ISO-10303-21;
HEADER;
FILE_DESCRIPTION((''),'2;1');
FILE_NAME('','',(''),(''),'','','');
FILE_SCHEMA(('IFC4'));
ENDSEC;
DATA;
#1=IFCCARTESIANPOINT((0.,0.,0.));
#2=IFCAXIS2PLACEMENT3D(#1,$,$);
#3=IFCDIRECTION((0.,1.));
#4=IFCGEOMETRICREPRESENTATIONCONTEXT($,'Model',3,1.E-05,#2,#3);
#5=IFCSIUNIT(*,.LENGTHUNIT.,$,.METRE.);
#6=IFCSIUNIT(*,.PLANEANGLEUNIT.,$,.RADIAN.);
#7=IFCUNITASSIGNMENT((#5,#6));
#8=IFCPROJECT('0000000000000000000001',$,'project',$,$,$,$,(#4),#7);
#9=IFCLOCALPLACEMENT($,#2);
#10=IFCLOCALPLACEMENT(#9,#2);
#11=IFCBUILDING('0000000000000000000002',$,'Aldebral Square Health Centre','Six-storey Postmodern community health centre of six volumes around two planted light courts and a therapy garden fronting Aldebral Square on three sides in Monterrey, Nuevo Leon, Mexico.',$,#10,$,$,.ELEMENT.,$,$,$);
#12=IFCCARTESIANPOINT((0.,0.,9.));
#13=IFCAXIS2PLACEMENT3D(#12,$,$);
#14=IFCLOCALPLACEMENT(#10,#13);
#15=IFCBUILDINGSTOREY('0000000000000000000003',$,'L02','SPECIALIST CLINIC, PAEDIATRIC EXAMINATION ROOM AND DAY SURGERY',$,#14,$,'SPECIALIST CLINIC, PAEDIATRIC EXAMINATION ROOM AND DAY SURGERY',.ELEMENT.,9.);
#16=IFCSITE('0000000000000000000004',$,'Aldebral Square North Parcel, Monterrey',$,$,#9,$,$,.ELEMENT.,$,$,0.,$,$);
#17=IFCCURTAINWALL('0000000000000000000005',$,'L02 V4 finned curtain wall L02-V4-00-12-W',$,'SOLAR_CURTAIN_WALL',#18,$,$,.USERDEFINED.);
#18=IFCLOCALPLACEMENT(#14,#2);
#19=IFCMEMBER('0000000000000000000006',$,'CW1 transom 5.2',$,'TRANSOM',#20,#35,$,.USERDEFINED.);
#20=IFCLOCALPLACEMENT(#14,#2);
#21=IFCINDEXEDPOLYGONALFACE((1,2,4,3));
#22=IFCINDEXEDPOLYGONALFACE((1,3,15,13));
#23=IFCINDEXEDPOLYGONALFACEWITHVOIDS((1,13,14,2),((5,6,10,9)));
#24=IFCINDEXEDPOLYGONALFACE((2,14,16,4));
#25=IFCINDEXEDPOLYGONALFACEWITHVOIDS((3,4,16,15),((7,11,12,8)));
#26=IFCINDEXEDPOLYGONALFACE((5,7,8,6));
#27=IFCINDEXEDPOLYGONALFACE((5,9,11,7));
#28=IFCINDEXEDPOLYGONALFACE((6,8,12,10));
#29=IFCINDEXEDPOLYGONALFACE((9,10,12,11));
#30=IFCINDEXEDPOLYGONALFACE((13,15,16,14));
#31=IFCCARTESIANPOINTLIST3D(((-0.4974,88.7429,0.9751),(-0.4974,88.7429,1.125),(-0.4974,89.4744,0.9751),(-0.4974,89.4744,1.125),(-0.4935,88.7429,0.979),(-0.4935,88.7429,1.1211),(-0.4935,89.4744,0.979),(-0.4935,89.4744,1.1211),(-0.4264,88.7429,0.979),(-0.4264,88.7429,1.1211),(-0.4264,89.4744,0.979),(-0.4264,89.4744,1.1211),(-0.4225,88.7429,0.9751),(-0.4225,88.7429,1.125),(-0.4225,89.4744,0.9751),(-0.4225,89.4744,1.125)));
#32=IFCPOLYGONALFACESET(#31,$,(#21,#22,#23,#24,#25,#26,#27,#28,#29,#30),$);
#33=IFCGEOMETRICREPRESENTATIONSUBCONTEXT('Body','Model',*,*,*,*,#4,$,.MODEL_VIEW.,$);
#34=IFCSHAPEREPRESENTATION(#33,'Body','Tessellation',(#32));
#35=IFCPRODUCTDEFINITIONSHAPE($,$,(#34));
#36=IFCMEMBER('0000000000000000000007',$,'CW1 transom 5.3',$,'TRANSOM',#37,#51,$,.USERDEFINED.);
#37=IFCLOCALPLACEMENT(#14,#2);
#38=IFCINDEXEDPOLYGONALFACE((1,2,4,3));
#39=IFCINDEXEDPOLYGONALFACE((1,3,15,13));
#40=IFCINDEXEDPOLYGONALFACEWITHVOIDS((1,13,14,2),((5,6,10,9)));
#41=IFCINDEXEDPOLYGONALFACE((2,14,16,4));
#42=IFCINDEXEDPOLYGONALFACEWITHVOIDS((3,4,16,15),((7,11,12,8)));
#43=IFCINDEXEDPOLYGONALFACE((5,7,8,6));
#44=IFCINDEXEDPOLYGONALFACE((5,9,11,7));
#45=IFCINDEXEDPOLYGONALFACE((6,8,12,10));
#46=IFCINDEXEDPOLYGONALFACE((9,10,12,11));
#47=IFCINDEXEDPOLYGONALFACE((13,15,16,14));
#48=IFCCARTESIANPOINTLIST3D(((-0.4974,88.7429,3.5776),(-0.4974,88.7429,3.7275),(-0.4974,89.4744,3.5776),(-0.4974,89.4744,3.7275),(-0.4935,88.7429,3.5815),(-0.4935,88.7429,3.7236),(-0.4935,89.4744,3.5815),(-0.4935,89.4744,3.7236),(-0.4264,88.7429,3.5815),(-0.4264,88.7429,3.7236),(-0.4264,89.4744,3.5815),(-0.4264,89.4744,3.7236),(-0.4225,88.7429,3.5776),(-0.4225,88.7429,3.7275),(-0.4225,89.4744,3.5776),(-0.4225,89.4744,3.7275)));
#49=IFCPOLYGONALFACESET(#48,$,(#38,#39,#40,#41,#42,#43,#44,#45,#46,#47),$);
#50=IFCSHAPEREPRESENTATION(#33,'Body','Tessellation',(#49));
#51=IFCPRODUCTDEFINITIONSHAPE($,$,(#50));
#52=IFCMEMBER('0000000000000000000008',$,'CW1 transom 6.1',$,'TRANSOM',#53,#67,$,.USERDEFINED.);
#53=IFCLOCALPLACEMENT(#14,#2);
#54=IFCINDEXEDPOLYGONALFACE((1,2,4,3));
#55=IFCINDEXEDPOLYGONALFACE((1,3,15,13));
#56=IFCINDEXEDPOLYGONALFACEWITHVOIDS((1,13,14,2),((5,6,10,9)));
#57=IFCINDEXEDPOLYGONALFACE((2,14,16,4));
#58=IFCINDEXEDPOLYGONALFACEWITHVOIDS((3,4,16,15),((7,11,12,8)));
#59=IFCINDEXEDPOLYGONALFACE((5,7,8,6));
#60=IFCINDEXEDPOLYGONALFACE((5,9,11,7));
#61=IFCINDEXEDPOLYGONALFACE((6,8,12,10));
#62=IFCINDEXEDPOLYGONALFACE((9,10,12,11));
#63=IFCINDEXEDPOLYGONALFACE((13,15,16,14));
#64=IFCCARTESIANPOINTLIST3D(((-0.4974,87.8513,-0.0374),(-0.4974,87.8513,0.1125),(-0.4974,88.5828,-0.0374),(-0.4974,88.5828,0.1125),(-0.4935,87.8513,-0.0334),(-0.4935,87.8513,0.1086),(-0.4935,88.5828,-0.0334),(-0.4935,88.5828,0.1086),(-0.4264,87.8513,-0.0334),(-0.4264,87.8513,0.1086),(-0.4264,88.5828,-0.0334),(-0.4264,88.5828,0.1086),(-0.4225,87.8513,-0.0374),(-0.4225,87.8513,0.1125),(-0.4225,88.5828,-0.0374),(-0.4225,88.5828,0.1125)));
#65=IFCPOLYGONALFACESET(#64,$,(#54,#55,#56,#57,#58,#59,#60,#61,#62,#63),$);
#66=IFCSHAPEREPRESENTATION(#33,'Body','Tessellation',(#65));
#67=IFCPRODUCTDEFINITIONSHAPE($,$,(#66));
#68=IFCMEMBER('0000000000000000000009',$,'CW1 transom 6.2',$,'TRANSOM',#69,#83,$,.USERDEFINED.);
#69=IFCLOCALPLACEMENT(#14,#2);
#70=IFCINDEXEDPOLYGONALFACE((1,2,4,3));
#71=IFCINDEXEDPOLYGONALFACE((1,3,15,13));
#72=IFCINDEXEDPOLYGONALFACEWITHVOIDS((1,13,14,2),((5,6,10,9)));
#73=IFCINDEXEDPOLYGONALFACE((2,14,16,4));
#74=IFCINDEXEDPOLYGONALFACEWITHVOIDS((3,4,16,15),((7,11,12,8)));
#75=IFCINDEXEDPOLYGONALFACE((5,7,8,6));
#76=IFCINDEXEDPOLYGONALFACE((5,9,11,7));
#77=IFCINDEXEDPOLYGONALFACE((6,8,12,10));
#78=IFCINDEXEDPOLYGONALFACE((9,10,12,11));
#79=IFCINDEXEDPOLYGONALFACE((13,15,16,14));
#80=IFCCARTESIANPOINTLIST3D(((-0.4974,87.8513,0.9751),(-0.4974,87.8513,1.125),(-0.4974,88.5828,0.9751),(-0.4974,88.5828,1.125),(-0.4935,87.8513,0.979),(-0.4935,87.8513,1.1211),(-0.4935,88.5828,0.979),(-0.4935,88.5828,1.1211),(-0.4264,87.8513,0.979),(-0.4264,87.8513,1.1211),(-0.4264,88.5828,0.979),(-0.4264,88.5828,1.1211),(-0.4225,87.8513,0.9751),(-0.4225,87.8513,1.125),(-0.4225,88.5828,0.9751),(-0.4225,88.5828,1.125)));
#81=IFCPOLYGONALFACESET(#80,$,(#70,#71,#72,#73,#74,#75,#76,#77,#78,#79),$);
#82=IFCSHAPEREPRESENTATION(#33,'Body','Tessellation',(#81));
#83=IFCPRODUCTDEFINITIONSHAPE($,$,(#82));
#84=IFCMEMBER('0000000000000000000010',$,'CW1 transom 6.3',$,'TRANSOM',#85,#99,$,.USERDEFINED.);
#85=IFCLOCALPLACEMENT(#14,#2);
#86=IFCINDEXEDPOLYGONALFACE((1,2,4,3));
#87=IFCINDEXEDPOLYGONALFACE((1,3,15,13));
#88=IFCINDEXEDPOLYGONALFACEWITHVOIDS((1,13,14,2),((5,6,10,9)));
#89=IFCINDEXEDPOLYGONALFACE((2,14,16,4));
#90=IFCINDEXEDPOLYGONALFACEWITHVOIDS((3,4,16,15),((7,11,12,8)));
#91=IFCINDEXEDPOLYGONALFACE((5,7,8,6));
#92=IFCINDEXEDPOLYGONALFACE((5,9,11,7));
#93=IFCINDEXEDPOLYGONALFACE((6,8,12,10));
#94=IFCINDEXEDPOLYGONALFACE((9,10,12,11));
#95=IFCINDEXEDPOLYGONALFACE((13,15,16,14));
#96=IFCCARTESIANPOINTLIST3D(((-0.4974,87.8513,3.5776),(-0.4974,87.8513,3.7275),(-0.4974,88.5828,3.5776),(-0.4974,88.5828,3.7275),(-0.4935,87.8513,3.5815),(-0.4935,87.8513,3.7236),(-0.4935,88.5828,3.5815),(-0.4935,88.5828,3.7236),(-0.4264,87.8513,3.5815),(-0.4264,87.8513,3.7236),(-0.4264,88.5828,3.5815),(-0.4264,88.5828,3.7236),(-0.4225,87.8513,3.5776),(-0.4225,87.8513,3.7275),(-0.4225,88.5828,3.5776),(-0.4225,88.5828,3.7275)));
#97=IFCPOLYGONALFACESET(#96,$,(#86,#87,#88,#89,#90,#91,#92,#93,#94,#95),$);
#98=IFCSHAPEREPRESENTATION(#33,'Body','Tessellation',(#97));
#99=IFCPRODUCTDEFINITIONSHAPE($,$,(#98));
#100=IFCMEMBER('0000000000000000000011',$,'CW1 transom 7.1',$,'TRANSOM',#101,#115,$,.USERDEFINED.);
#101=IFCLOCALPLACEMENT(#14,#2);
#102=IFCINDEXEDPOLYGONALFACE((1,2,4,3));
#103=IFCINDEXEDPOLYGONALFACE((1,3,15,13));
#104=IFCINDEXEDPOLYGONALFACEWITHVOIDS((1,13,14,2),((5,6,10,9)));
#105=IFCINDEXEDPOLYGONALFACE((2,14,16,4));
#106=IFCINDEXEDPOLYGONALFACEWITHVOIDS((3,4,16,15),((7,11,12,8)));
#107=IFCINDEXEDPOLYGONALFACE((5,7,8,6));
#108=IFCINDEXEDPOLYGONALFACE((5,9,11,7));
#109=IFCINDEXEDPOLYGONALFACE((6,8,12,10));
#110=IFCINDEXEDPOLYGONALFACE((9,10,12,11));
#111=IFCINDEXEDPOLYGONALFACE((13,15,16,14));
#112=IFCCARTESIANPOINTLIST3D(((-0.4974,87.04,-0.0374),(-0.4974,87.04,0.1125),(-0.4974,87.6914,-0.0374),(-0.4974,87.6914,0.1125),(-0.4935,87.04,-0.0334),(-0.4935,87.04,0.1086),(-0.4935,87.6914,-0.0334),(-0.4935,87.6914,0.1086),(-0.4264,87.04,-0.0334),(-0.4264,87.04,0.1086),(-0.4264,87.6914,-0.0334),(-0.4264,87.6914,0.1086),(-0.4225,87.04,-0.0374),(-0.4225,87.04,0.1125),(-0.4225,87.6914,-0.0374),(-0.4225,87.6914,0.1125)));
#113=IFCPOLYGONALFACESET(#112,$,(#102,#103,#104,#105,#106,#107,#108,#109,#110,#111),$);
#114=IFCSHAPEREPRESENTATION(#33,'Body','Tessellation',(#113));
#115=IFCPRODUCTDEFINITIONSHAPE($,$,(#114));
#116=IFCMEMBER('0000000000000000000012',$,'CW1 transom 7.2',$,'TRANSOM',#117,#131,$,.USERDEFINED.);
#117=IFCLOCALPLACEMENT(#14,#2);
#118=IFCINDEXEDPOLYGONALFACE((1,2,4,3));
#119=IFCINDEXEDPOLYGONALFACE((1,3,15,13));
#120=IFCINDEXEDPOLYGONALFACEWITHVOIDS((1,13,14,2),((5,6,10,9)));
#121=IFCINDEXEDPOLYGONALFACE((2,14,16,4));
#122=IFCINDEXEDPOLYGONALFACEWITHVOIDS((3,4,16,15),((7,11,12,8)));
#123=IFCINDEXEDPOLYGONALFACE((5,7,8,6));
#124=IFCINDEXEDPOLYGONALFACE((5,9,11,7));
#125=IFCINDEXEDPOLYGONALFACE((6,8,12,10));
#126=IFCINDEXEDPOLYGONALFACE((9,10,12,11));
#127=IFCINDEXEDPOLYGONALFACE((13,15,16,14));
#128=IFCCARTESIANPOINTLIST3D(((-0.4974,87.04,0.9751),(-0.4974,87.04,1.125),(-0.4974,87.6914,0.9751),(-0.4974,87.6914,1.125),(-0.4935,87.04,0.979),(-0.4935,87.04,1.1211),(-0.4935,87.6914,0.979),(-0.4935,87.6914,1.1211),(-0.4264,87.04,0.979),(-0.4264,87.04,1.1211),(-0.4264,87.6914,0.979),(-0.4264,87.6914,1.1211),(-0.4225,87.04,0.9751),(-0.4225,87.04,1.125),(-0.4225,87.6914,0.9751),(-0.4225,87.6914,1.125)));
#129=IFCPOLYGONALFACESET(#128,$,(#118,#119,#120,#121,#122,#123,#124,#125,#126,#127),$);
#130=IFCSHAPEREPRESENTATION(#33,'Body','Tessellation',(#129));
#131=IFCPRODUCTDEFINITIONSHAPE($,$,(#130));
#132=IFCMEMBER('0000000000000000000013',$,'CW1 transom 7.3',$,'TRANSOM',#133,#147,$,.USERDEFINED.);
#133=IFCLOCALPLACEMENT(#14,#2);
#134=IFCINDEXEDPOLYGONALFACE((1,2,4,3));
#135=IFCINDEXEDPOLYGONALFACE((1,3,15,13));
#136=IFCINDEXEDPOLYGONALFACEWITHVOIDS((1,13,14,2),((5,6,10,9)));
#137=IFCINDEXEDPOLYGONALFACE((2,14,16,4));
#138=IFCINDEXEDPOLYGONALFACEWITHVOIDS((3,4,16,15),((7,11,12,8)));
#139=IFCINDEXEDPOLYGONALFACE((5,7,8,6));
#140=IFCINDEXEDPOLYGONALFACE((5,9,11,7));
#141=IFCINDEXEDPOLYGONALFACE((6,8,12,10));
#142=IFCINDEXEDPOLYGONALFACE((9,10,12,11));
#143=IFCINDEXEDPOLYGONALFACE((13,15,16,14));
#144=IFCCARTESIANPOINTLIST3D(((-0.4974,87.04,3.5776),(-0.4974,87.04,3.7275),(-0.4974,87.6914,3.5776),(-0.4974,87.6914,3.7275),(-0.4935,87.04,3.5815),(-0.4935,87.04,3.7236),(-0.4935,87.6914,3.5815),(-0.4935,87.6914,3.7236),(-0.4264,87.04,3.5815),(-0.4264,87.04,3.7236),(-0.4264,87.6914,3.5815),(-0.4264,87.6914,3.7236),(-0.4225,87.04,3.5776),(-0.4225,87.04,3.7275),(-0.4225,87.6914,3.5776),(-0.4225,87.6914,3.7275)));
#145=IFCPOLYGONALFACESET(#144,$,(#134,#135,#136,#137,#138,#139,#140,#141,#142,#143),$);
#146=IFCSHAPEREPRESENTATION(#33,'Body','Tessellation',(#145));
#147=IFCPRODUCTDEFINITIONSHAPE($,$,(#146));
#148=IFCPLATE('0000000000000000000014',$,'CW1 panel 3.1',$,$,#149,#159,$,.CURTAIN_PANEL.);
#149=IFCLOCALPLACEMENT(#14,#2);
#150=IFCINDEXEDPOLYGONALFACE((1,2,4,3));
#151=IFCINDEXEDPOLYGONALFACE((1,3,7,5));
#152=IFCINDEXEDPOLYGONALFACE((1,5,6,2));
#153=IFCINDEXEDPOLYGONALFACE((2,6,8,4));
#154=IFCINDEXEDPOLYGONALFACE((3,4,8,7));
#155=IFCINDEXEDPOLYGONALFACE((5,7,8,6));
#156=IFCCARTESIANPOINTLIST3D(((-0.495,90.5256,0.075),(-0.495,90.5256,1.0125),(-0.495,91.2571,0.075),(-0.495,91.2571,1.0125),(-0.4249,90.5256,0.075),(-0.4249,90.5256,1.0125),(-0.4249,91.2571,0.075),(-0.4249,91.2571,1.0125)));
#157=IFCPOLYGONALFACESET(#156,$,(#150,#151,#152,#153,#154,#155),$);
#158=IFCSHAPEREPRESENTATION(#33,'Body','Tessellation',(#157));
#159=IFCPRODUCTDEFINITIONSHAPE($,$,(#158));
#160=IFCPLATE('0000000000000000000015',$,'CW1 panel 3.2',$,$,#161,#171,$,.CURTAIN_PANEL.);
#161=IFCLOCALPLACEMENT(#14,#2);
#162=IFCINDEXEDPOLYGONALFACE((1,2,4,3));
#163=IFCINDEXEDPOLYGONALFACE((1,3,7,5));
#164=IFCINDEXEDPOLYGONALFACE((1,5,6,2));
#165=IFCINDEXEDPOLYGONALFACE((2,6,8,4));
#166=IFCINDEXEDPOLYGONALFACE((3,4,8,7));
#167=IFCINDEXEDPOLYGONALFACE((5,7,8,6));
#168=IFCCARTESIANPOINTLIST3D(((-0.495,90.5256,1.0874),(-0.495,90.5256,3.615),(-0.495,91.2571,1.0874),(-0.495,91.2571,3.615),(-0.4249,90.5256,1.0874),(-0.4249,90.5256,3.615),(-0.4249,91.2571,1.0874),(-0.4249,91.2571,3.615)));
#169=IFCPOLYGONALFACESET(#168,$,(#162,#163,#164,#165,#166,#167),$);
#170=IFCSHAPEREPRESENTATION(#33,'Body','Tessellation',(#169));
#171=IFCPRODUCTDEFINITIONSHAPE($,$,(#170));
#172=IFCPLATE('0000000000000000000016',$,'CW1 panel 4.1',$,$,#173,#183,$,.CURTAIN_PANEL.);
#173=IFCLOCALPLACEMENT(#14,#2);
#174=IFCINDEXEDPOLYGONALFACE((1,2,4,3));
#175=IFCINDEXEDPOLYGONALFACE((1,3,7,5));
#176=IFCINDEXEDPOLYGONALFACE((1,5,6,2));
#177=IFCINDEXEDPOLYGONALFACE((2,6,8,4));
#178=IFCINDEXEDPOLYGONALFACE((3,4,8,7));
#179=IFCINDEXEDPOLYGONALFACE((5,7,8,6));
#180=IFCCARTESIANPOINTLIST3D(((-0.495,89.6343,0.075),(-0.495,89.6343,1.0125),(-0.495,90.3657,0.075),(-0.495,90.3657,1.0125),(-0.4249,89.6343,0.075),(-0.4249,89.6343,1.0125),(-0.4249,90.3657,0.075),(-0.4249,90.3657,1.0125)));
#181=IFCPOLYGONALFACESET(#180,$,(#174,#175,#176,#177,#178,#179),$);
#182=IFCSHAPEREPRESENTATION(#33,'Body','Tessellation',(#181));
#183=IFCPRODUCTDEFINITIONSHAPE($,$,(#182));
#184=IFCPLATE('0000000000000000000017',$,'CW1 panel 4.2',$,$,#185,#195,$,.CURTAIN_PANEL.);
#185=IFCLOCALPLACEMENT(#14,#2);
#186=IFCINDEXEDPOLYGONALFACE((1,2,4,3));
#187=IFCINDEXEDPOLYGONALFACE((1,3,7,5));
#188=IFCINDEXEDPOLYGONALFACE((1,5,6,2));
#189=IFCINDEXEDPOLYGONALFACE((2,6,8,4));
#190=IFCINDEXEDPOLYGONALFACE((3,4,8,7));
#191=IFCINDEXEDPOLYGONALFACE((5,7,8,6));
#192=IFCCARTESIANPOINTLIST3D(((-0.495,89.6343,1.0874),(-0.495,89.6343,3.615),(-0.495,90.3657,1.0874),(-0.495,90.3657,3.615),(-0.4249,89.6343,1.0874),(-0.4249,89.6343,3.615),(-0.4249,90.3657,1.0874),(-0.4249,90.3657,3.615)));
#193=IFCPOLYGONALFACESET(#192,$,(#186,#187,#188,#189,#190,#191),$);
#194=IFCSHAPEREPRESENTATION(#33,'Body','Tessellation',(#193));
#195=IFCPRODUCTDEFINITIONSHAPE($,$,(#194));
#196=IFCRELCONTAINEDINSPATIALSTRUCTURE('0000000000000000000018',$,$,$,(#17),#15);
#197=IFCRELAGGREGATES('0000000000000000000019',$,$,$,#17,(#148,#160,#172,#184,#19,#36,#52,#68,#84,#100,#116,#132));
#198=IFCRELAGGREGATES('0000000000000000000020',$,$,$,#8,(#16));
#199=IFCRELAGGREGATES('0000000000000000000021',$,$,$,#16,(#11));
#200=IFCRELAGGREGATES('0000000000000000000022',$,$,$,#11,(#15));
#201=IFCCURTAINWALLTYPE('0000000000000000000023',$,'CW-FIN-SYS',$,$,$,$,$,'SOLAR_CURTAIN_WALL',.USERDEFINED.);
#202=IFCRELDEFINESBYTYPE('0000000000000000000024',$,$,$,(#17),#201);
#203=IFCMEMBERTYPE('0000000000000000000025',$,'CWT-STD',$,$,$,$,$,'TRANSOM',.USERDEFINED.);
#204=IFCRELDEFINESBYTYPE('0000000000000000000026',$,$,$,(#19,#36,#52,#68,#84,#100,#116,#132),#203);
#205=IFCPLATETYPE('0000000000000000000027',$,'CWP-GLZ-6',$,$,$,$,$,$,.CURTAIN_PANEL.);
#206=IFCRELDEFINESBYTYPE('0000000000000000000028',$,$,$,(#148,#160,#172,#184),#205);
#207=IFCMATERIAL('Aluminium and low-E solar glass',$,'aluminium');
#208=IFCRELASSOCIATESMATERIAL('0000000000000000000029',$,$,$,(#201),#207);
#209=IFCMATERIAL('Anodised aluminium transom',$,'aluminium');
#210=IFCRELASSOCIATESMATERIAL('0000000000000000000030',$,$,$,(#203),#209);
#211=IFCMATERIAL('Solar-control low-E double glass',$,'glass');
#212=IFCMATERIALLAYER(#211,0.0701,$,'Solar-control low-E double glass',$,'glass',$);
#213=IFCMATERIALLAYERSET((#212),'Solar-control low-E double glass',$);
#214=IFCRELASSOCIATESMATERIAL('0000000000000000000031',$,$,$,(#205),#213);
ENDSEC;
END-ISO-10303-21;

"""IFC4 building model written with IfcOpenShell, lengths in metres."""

from ifc_helpers import new_model, si_unit, direction, frame, origin, origin_2d, place, context, subcontext, project, spatial, rectangle, hollow_rectangle, extrude, material, layer, layer_set, material_profile, profile_set, type_object, element, aggregate, save


model = new_model("IFC4")

# Units and contexts
model_context = context("Model", 3, precision=1e-05, world=origin(), true_north=direction((0.0, 1.0)))
body_context = subcontext(model_context, "Body", "Model", "MODEL_VIEW")
ifc_project = project(units=[si_unit("LENGTHUNIT", "METRE"), si_unit("PLANEANGLEUNIT", "RADIAN")], contexts=[model_context])

# Site, building, storey
site_placement = place(None, origin())
site = spatial("IfcSite", under=ifc_project, at=site_placement, Name="Aldebral Square North Parcel, Monterrey", CompositionType="ELEMENT", RefElevation=0.0)
building_placement = place(site_placement, origin())
building = spatial("IfcBuilding", under=site, at=building_placement, Name="Aldebral Square Health Centre", Description="Six-storey Postmodern community health centre of six volumes around two planted light courts and a therapy garden fronting Aldebral Square on three sides in Monterrey, Nuevo Leon, Mexico.", CompositionType="ELEMENT")
storey_placement = place(building_placement, frame((0.0, 0.0, 9.0)))
storey = spatial("IfcBuildingStorey", under=building, at=storey_placement, Name="L02", Description="SPECIALIST CLINIC, PAEDIATRIC EXAMINATION ROOM AND DAY SURGERY", LongName="SPECIALIST CLINIC, PAEDIATRIC EXAMINATION ROOM AND DAY SURGERY", CompositionType="ELEMENT", Elevation=9.0)

# Curtain wall, members, plates
ifc_material_1 = material(Name="Aluminium and low-E solar glass", Category="aluminium")
curtain_wall_type = type_object("IfcCurtainWallType", Name="CW-FIN-SYS", ElementType="SOLAR_CURTAIN_WALL", PredefinedType="USERDEFINED", material=ifc_material_1)
curtain_wall_placement = place(storey_placement, origin())
curtain_wall = element("IfcCurtainWall", 1, at=curtain_wall_placement, inside=storey, type_object=curtain_wall_type, Name="L02 V4 finned curtain wall L02-V4-00-12-W", ObjectType="SOLAR_CURTAIN_WALL", PredefinedType="USERDEFINED")
ifc_material_2 = material(Name="Anodised aluminium transom", Category="aluminium")
ifc_material_profile_1 = material_profile(ifc_material_2, hollow_rectangle(XDim=0.075, YDim=0.1499, WallThickness=0.0039, at=origin_2d()), Name="CWT 75x150x4")
ifc_profile_set_1 = profile_set([ifc_material_profile_1], Name="Anodised aluminium transom")
member_type_1 = type_object("IfcMemberType", Name="CWT-STD", ElementType="TRANSOM", PredefinedType="USERDEFINED", material=ifc_profile_set_1)
member_1_placement = place(storey_placement, frame((-0.46, 89.4744, 1.05), z_axis=(0.0, -1.0, 0.0), x_axis=(1.0, 0.0, 0.0)))
member_1 = element("IfcMember", 2, at=member_1_placement, type_object=member_type_1, Name="CW1 transom 5.2", ObjectType="TRANSOM", PredefinedType="USERDEFINED", context=body_context, shape_type="SweptSolid", body=[
    extrude(hollow_rectangle(XDim=0.075, YDim=0.1499, WallThickness=0.0039, at=origin_2d()), origin(), (0.0, 0.0, 1.0), 0.7314),
])
member_2_placement = place(storey_placement, frame((-0.46, 89.4744, 3.6526), z_axis=(0.0, -1.0, 0.0), x_axis=(1.0, 0.0, 0.0)))
member_2 = element("IfcMember", 3, at=member_2_placement, type_object=member_type_1, Name="CW1 transom 5.3", ObjectType="TRANSOM", PredefinedType="USERDEFINED", context=body_context, shape_type="SweptSolid", body=[
    extrude(hollow_rectangle(XDim=0.075, YDim=0.1499, WallThickness=0.0039, at=origin_2d()), origin(), (0.0, 0.0, 1.0), 0.7314),
])
member_3_placement = place(storey_placement, frame((-0.46, 88.5828, 0.0376), z_axis=(0.0, -1.0, 0.0), x_axis=(1.0, 0.0, 0.0)))
member_3 = element("IfcMember", 4, at=member_3_placement, type_object=member_type_1, Name="CW1 transom 6.1", ObjectType="TRANSOM", PredefinedType="USERDEFINED", context=body_context, shape_type="SweptSolid", body=[
    extrude(hollow_rectangle(XDim=0.075, YDim=0.1499, WallThickness=0.0039, at=origin_2d()), origin(), (0.0, 0.0, 1.0), 0.7314),
])
member_4_placement = place(storey_placement, frame((-0.46, 88.5828, 1.05), z_axis=(0.0, -1.0, 0.0), x_axis=(1.0, 0.0, 0.0)))
member_4 = element("IfcMember", 5, at=member_4_placement, type_object=member_type_1, Name="CW1 transom 6.2", ObjectType="TRANSOM", PredefinedType="USERDEFINED", context=body_context, shape_type="SweptSolid", body=[
    extrude(hollow_rectangle(XDim=0.075, YDim=0.1499, WallThickness=0.0039, at=origin_2d()), origin(), (0.0, 0.0, 1.0), 0.7314),
])
member_5_placement = place(storey_placement, frame((-0.46, 88.5828, 3.6526), z_axis=(0.0, -1.0, 0.0), x_axis=(1.0, 0.0, 0.0)))
member_5 = element("IfcMember", 6, at=member_5_placement, type_object=member_type_1, Name="CW1 transom 6.3", ObjectType="TRANSOM", PredefinedType="USERDEFINED", context=body_context, shape_type="SweptSolid", body=[
    extrude(hollow_rectangle(XDim=0.075, YDim=0.1499, WallThickness=0.0039, at=origin_2d()), origin(), (0.0, 0.0, 1.0), 0.7314),
])
member_6_placement = place(storey_placement, frame((-0.46, 87.6914, 0.0376), z_axis=(0.0, -1.0, 0.0), x_axis=(1.0, 0.0, 0.0)))
member_6 = element("IfcMember", 7, at=member_6_placement, type_object=member_type_1, Name="CW1 transom 7.1", ObjectType="TRANSOM", PredefinedType="USERDEFINED", context=body_context, shape_type="SweptSolid", body=[
    extrude(hollow_rectangle(XDim=0.075, YDim=0.1499, WallThickness=0.0039, at=origin_2d()), origin(), (0.0, 0.0, 1.0), 0.6514),
])
member_7_placement = place(storey_placement, frame((-0.46, 87.6914, 1.05), z_axis=(0.0, -1.0, 0.0), x_axis=(1.0, 0.0, 0.0)))
member_7 = element("IfcMember", 8, at=member_7_placement, type_object=member_type_1, Name="CW1 transom 7.2", ObjectType="TRANSOM", PredefinedType="USERDEFINED", context=body_context, shape_type="SweptSolid", body=[
    extrude(hollow_rectangle(XDim=0.075, YDim=0.1499, WallThickness=0.0039, at=origin_2d()), origin(), (0.0, 0.0, 1.0), 0.6514),
])
member_8_placement = place(storey_placement, frame((-0.46, 87.6914, 3.6526), z_axis=(0.0, -1.0, 0.0), x_axis=(1.0, 0.0, 0.0)))
member_8 = element("IfcMember", 9, at=member_8_placement, type_object=member_type_1, Name="CW1 transom 7.3", ObjectType="TRANSOM", PredefinedType="USERDEFINED", context=body_context, shape_type="SweptSolid", body=[
    extrude(hollow_rectangle(XDim=0.075, YDim=0.1499, WallThickness=0.0039, at=origin_2d()), origin(), (0.0, 0.0, 1.0), 0.6514),
])
ifc_material_3 = material(Name="Solar-control low-E double glass", Category="glass")
ifc_layer_1 = layer(ifc_material_3, 0.0701, Name="Solar-control low-E double glass", Category="glass")
ifc_layer_set_1 = layer_set([ifc_layer_1], Name="Solar-control low-E double glass")
plate_type = type_object("IfcPlateType", Name="CWP-GLZ-6", PredefinedType="CURTAIN_PANEL", material=ifc_layer_set_1)
plate_1_placement = place(storey_placement, frame((-0.46, 90.8914, 0.075), z_axis=(0.0, 0.0, 1.0), x_axis=(0.0, -1.0, 0.0)))
plate_1 = element("IfcPlate", 10, at=plate_1_placement, type_object=plate_type, Name="CW1 panel 3.1", PredefinedType="CURTAIN_PANEL", context=body_context, shape_type="SweptSolid", body=[
    extrude(rectangle(XDim=0.7314, YDim=0.0701, at=origin_2d()), origin(), (0.0, 0.0, 1.0), 0.9375),
])
plate_2_placement = place(storey_placement, frame((-0.46, 90.8914, 1.0874), z_axis=(0.0, 0.0, 1.0), x_axis=(0.0, -1.0, 0.0)))
plate_2 = element("IfcPlate", 11, at=plate_2_placement, type_object=plate_type, Name="CW1 panel 3.2", PredefinedType="CURTAIN_PANEL", context=body_context, shape_type="SweptSolid", body=[
    extrude(rectangle(XDim=0.7314, YDim=0.0701, at=origin_2d()), origin(), (0.0, 0.0, 1.0), 2.5276),
])
plate_3_placement = place(storey_placement, frame((-0.46, 90.0, 0.075), z_axis=(0.0, 0.0, 1.0), x_axis=(0.0, -1.0, 0.0)))
plate_3 = element("IfcPlate", 12, at=plate_3_placement, type_object=plate_type, Name="CW1 panel 4.1", PredefinedType="CURTAIN_PANEL", context=body_context, shape_type="SweptSolid", body=[
    extrude(rectangle(XDim=0.7314, YDim=0.0701, at=origin_2d()), origin(), (0.0, 0.0, 1.0), 0.9375),
])
plate_4_placement = place(storey_placement, frame((-0.46, 90.0, 1.0874), z_axis=(0.0, 0.0, 1.0), x_axis=(0.0, -1.0, 0.0)))
plate_4 = element("IfcPlate", 13, at=plate_4_placement, type_object=plate_type, Name="CW1 panel 4.2", PredefinedType="CURTAIN_PANEL", context=body_context, shape_type="SweptSolid", body=[
    extrude(rectangle(XDim=0.7314, YDim=0.0701, at=origin_2d()), origin(), (0.0, 0.0, 1.0), 2.5276),
])
aggregate(curtain_wall, [plate_1, plate_2, plate_3, plate_4, member_1, member_2, member_3, member_4, member_5, member_6, member_7, member_8])

save(model, "model.ifc")
